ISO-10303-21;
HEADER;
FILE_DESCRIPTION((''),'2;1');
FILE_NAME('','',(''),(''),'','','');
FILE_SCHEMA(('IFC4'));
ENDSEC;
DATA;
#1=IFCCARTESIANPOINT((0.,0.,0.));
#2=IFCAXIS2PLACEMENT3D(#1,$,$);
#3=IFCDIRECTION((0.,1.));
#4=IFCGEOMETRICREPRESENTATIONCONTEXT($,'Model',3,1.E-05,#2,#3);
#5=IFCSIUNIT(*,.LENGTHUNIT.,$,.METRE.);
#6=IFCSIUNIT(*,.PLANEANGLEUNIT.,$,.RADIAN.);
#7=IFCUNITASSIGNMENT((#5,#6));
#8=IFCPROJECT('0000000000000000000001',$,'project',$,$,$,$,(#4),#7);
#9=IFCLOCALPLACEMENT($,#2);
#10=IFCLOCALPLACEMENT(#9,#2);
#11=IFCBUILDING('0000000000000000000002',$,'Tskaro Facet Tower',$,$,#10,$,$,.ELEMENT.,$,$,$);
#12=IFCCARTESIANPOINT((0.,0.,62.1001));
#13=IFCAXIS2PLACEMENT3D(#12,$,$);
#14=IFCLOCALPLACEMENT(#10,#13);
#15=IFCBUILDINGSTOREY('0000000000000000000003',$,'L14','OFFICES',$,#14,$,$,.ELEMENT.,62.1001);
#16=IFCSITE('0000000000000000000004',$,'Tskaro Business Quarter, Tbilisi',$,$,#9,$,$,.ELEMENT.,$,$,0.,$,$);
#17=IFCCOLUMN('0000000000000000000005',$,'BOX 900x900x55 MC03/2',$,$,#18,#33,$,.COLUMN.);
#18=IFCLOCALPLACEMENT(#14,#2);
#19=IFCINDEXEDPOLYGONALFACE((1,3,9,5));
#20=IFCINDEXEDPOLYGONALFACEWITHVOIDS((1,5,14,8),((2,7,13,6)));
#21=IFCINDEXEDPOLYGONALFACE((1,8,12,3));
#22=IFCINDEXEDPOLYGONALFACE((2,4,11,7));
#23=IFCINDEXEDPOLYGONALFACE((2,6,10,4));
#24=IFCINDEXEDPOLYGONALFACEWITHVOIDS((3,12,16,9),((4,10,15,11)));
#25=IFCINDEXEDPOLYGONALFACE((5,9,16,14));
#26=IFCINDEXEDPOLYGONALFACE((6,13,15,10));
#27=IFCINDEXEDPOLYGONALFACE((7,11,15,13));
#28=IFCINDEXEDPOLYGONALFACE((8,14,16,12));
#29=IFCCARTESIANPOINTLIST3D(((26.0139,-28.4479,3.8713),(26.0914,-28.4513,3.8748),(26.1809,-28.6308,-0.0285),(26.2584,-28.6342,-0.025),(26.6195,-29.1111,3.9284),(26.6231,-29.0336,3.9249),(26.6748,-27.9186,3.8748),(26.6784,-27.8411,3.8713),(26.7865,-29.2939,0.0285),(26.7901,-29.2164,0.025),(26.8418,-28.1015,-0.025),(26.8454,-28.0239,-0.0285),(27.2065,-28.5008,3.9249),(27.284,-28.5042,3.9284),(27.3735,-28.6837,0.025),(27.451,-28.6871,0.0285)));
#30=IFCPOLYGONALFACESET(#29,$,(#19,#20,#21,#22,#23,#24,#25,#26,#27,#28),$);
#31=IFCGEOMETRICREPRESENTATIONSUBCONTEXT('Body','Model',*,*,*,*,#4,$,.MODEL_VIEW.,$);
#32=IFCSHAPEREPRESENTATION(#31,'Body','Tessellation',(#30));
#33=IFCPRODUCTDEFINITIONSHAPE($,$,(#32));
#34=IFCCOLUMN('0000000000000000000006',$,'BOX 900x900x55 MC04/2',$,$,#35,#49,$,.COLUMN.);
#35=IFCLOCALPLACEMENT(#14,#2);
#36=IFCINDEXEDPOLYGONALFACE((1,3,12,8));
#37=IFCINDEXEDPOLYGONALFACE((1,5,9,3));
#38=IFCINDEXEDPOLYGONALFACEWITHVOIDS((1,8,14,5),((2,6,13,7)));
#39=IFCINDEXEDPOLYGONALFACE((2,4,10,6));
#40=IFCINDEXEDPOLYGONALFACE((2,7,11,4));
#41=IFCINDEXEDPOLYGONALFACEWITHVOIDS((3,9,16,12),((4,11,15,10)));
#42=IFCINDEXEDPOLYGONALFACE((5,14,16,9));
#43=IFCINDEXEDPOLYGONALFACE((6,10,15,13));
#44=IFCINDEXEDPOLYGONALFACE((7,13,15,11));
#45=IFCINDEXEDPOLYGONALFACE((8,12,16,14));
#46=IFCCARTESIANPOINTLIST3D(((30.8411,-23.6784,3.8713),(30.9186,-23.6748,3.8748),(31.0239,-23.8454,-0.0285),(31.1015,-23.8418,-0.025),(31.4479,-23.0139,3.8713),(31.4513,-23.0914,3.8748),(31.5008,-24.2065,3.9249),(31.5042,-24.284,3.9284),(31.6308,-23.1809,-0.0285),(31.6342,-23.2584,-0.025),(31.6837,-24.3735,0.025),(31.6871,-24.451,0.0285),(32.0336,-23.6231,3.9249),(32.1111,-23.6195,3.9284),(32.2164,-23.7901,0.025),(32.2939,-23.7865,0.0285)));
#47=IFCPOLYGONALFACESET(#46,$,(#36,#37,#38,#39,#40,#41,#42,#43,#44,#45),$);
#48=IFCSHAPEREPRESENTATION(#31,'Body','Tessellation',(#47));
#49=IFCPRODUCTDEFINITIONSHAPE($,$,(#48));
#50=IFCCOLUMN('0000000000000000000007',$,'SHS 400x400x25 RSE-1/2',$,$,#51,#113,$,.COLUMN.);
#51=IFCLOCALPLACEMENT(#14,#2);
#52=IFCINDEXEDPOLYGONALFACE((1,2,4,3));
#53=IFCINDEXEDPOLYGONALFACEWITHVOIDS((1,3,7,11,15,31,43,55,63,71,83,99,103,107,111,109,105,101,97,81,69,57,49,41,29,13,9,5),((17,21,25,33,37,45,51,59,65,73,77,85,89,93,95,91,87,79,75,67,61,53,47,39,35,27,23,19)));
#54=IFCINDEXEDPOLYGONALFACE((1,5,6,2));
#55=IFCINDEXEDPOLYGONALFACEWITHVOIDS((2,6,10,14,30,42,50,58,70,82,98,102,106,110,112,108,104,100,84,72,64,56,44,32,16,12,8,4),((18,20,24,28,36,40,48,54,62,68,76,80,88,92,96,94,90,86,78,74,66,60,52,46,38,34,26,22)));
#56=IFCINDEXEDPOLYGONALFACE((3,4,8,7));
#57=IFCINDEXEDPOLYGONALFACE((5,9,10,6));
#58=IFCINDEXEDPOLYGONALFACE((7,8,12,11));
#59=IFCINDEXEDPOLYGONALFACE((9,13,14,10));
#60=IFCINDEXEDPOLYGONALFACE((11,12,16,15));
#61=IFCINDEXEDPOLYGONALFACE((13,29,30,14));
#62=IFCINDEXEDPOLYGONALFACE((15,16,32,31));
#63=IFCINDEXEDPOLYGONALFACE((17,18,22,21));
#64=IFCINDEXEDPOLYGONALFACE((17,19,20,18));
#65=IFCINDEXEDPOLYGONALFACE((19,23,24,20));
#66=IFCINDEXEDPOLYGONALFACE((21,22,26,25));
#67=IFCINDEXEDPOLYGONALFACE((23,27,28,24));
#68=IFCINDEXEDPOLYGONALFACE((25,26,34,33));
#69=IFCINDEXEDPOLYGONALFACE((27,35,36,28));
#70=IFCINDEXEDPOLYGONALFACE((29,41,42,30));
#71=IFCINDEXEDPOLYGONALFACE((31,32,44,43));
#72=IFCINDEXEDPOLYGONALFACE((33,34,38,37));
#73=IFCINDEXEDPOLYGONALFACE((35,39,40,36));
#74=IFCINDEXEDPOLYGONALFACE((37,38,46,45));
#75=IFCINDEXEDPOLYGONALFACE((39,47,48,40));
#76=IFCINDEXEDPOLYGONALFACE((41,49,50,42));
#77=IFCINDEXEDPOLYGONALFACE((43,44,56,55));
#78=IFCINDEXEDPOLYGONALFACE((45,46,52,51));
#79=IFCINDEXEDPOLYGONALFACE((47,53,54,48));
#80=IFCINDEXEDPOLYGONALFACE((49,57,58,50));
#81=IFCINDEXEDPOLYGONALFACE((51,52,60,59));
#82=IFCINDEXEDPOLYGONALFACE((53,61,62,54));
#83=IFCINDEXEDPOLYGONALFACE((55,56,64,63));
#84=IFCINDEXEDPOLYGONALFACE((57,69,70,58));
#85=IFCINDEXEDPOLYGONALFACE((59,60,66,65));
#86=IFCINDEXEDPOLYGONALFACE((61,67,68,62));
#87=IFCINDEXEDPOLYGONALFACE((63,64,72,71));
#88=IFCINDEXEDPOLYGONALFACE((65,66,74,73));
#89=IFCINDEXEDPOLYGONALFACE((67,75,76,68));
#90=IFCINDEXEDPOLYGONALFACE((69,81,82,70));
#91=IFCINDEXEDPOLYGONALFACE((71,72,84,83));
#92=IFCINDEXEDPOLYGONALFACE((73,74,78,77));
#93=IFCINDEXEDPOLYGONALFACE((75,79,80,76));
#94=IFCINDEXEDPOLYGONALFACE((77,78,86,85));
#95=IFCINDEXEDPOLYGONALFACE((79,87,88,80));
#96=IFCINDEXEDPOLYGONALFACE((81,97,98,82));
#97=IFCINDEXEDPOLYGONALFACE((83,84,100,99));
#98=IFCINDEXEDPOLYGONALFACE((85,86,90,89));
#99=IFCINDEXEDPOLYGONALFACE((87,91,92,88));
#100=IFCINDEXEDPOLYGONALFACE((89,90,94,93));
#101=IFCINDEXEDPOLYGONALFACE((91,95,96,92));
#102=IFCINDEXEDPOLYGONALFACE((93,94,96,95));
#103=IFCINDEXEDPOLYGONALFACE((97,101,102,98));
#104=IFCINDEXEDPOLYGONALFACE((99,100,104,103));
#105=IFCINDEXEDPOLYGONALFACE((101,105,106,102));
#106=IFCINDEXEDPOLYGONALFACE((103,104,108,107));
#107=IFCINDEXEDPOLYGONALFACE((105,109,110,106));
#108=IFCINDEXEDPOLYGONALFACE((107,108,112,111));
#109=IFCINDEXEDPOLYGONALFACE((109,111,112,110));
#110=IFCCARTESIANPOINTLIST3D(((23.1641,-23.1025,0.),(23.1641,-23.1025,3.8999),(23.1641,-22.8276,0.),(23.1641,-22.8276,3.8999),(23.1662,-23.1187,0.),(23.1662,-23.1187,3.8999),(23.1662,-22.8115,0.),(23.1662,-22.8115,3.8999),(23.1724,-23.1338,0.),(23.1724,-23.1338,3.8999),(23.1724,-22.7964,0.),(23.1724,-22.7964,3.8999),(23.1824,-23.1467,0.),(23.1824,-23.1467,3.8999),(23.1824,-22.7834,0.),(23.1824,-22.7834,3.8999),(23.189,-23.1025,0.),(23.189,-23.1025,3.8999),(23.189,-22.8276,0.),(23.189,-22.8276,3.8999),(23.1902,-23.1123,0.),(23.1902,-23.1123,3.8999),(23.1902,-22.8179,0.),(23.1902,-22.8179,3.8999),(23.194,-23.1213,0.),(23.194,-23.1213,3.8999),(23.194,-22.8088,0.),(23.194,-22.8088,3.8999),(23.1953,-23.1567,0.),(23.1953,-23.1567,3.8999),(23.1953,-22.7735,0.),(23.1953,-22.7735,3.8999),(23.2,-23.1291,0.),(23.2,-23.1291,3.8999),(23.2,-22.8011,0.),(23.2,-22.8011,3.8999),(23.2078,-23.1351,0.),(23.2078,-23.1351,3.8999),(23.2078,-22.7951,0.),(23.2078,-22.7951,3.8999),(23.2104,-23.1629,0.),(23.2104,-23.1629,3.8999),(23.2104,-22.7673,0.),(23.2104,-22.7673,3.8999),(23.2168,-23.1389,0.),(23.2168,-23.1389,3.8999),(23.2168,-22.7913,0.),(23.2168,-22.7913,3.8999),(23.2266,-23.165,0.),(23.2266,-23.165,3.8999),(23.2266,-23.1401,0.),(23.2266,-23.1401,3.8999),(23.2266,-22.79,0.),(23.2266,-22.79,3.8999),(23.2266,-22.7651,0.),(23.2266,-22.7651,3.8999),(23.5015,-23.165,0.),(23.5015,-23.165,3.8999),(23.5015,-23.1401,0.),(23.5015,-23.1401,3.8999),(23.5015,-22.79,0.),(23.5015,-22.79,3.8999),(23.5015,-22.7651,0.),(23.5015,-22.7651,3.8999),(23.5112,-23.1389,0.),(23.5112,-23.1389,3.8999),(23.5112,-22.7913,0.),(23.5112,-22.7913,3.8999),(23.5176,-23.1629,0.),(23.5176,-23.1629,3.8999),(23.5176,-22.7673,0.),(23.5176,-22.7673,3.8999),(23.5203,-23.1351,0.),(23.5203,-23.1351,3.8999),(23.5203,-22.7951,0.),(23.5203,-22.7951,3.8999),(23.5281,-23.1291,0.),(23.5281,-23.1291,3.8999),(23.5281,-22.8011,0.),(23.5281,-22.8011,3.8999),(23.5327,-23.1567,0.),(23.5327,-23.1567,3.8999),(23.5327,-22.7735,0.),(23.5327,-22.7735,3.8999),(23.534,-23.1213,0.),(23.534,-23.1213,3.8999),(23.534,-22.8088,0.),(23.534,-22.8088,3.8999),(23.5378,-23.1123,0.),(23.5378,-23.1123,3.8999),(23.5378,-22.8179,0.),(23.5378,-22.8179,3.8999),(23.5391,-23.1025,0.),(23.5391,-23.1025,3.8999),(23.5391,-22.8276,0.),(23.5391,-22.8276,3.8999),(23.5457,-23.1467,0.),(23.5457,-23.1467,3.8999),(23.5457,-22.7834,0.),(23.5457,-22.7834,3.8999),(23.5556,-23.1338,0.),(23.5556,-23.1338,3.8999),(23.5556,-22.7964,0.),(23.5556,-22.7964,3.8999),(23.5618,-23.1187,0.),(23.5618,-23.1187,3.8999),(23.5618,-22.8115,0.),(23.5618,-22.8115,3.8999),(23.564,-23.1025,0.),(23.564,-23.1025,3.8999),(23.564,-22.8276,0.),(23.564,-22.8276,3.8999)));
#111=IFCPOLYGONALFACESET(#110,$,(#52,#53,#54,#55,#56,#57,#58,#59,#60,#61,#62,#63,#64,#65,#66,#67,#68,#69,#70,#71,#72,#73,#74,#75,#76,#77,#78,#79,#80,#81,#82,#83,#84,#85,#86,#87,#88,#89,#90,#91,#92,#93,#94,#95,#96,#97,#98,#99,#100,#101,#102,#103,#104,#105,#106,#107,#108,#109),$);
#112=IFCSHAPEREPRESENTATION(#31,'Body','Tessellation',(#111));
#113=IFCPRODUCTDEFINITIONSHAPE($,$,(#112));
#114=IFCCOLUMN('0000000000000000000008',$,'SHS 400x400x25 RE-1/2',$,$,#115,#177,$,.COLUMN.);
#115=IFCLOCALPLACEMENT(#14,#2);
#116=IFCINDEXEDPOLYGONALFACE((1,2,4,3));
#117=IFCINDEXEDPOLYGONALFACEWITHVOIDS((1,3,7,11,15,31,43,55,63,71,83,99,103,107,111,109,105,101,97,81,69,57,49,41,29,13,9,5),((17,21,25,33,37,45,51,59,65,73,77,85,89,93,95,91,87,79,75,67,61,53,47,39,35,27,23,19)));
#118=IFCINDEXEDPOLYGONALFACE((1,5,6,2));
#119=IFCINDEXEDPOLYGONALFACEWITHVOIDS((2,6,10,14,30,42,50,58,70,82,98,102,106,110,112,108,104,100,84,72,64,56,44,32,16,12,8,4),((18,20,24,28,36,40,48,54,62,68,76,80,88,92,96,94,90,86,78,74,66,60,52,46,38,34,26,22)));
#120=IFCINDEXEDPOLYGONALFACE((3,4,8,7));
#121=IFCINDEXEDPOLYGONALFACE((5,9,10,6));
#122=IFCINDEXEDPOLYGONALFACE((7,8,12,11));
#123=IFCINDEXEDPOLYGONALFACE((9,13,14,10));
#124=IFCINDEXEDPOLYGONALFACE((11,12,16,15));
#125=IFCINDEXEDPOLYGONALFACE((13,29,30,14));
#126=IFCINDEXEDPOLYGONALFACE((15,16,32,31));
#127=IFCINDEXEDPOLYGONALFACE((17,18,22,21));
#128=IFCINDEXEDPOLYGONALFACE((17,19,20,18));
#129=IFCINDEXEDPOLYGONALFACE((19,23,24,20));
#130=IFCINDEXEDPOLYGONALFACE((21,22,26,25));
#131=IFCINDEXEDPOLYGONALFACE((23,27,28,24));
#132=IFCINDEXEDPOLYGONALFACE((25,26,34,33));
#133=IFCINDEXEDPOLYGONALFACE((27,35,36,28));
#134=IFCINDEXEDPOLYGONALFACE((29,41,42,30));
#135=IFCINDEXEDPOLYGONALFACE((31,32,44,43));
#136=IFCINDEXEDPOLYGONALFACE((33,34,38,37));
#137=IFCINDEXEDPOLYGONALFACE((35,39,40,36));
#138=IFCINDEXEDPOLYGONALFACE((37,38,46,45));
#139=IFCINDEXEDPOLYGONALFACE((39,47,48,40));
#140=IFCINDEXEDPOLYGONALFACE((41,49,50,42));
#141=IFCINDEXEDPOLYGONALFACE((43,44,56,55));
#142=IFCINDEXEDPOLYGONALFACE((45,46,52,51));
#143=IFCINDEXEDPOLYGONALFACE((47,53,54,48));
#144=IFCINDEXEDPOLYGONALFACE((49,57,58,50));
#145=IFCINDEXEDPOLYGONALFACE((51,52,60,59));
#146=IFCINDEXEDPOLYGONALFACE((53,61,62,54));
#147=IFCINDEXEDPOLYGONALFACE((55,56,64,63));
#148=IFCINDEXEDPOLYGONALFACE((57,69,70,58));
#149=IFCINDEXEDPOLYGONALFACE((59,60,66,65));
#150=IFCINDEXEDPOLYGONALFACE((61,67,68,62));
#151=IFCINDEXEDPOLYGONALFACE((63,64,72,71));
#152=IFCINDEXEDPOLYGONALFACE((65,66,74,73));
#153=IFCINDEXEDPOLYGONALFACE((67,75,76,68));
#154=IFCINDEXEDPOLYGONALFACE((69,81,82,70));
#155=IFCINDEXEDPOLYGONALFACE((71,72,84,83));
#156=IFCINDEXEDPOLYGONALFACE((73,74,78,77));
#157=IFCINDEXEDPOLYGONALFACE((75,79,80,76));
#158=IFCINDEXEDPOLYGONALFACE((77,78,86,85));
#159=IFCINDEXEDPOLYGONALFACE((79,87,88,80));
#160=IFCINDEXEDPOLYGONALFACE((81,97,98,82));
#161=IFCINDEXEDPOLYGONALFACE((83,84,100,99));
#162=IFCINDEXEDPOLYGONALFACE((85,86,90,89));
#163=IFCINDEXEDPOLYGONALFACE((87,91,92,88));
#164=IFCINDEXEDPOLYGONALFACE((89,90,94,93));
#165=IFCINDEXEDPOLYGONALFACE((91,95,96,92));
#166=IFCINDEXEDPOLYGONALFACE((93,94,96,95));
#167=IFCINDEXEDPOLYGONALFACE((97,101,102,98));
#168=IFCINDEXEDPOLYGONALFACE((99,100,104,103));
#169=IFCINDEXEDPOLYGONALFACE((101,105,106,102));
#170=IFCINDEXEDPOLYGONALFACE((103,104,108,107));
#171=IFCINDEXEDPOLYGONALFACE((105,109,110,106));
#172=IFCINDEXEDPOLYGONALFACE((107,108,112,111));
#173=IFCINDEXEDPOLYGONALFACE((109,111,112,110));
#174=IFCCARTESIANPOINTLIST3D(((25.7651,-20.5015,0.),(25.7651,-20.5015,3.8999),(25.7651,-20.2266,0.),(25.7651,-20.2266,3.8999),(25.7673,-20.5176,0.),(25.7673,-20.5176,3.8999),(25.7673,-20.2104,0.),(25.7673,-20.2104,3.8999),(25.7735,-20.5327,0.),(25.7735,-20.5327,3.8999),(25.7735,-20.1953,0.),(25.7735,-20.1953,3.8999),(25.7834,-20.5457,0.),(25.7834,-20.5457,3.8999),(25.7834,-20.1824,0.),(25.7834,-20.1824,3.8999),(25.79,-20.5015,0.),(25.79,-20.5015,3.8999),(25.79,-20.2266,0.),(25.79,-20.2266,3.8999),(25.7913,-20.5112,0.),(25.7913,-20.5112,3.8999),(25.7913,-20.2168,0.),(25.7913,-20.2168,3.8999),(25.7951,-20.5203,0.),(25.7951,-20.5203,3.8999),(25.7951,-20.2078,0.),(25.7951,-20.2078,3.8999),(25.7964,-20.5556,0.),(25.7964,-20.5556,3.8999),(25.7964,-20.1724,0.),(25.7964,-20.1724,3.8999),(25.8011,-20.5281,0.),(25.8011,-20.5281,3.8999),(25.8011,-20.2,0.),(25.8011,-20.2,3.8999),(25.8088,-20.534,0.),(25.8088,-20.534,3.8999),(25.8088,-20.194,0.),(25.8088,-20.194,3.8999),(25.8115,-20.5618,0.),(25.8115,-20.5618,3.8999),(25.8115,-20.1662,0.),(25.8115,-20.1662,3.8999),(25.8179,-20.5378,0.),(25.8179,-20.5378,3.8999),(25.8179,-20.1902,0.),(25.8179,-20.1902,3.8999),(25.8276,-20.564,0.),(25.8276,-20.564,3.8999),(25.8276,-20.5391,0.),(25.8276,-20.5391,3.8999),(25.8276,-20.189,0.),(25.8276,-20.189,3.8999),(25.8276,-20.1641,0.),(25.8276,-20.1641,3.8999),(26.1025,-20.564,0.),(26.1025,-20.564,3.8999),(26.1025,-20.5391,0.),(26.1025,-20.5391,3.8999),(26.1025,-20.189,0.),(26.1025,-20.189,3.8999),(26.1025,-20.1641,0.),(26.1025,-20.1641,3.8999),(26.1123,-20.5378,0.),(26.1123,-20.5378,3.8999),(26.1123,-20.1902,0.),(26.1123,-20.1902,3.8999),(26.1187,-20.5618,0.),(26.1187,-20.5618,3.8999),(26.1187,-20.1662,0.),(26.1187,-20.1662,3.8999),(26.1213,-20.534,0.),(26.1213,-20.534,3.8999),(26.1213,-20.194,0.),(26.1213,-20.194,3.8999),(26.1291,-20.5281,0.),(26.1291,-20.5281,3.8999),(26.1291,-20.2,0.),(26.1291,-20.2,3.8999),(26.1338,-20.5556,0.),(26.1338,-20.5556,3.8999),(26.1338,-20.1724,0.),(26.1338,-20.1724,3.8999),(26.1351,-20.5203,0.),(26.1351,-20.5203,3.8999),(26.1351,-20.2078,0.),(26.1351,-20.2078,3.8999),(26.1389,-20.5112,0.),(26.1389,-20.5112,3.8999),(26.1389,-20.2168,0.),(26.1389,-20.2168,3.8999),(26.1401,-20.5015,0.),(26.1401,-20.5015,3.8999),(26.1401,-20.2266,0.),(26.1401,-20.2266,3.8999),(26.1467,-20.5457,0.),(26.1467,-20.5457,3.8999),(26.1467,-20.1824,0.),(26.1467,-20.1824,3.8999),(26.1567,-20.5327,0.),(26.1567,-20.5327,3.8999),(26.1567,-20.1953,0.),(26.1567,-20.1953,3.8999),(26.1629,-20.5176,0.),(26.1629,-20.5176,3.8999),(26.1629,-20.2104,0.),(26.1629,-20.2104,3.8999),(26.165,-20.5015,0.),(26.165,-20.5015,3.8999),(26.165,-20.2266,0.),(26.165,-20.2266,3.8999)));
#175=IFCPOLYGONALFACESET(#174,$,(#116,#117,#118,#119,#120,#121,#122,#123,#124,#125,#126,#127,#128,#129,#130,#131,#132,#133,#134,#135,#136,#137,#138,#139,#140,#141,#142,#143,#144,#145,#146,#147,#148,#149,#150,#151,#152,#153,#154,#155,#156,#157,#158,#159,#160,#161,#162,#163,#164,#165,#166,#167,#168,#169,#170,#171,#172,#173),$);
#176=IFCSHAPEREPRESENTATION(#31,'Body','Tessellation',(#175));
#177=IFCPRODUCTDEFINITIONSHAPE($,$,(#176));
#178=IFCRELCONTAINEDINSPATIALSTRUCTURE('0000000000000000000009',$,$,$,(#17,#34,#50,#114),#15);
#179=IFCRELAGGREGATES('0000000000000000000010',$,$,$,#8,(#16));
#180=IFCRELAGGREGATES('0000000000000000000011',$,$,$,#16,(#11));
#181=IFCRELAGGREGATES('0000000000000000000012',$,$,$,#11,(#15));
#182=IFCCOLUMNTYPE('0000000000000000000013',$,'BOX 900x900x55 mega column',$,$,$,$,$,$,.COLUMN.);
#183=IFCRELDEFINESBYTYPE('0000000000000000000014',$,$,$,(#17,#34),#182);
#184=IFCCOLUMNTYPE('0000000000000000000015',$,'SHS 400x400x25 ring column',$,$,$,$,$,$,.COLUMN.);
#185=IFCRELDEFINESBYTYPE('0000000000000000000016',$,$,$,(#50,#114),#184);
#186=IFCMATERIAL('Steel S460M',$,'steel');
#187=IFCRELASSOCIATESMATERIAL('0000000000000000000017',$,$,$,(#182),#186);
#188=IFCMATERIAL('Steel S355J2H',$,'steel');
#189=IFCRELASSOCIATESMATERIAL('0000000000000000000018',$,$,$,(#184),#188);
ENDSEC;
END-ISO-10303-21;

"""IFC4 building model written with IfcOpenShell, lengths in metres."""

from ifc_helpers import new_model, si_unit, direction, frame, origin, origin_2d, place, context, subcontext, project, spatial, hollow_rectangle, extrude, material, material_profile, profile_set, type_object, element, save


model = new_model("IFC4")

# Units and contexts
model_context = context("Model", 3, precision=1e-05, world=origin(), true_north=direction((0.0, 1.0)))
body_context = subcontext(model_context, "Body", "Model", "MODEL_VIEW")
ifc_project = project(units=[si_unit("LENGTHUNIT", "METRE"), si_unit("PLANEANGLEUNIT", "RADIAN")], contexts=[model_context])

# Site, building, storey
site_placement = place(None, origin())
site = spatial("IfcSite", under=ifc_project, at=site_placement, Name="Tskaro Business Quarter, Tbilisi", CompositionType="ELEMENT", RefElevation=0.0)
building_placement = place(site_placement, origin())
building = spatial("IfcBuilding", under=site, at=building_placement, Name="Tskaro Facet Tower", CompositionType="ELEMENT")
storey_placement = place(building_placement, frame((0.0, 0.0, 62.1001)))
storey = spatial("IfcBuildingStorey", under=building, at=storey_placement, Name="L14", Description="OFFICES", CompositionType="ELEMENT", Elevation=62.1001)

# Columns
ifc_material_1 = material(Name="Steel S460M", Category="steel")
ifc_material_profile_1 = material_profile(ifc_material_1, hollow_rectangle(XDim=0.8999, YDim=0.8999, WallThickness=0.0549, at=origin_2d()), Name="BOX 900x900x55")
ifc_profile_set_1 = profile_set([ifc_material_profile_1], Name="Steel S460M")
column_type_1 = type_object("IfcColumnType", Name="BOX 900x900x55 mega column", PredefinedType="COLUMN", material=ifc_profile_set_1)
for number, where, z_axis, x_axis, name in (
    (1, (26.8159, -28.6589, 0.0), (-0.042734, 0.046794, 0.99799), (-0.738421, -0.674339, 0.0), "BOX 900x900x55 MC03/2"),
    (2, (31.6589, -23.8159, 0.0), (-0.046794, 0.042734, 0.99799), (-0.674339, -0.738421, 0.0), "BOX 900x900x55 MC04/2"),
):
    element("IfcColumn", number, at=place(storey_placement, frame(where, z_axis=z_axis, x_axis=x_axis)), inside=storey, type_object=column_type_1, Name=name, PredefinedType="COLUMN", context=body_context, shape_type="SweptSolid", body=[
        extrude(hollow_rectangle(XDim=0.8999, YDim=0.8999, WallThickness=0.0549, at=origin_2d()), origin(), (0.0, 0.0, 1.0), 3.9077),
    ])
ifc_material_2 = material(Name="Steel S355J2H", Category="steel")
ifc_material_profile_2 = material_profile(ifc_material_2, hollow_rectangle(XDim=0.3999, YDim=0.3999, WallThickness=0.0249, InnerFilletRadius=0.0376, OuterFilletRadius=0.0625, at=origin_2d()), Name="SHS 400x400x25")
ifc_profile_set_2 = profile_set([ifc_material_profile_2], Name="Steel S355J2H")
column_type_2 = type_object("IfcColumnType", Name="SHS 400x400x25 ring column", PredefinedType="COLUMN", material=ifc_profile_set_2)
for number, where, z_axis, x_axis, name in (
    (3, (23.364, -22.9651, 0.0), (0.0, 0.0, 1.0), (1.0, 0.0, 0.0), "SHS 400x400x25 RSE-1/2"),
    (4, (25.9651, -20.364, 0.0), (0.0, 0.0, 1.0), (1.0, 0.0, 0.0), "SHS 400x400x25 RE-1/2"),
):
    element("IfcColumn", number, at=place(storey_placement, frame(where, z_axis=z_axis, x_axis=x_axis)), inside=storey, type_object=column_type_2, Name=name, PredefinedType="COLUMN", context=body_context, shape_type="SweptSolid", body=[
        extrude(hollow_rectangle(XDim=0.3999, YDim=0.3999, WallThickness=0.0249, InnerFilletRadius=0.0376, OuterFilletRadius=0.0625, at=origin_2d()), origin(), (0.0, 0.0, 1.0), 3.8999),
    ])

save(model, "model.ifc")
